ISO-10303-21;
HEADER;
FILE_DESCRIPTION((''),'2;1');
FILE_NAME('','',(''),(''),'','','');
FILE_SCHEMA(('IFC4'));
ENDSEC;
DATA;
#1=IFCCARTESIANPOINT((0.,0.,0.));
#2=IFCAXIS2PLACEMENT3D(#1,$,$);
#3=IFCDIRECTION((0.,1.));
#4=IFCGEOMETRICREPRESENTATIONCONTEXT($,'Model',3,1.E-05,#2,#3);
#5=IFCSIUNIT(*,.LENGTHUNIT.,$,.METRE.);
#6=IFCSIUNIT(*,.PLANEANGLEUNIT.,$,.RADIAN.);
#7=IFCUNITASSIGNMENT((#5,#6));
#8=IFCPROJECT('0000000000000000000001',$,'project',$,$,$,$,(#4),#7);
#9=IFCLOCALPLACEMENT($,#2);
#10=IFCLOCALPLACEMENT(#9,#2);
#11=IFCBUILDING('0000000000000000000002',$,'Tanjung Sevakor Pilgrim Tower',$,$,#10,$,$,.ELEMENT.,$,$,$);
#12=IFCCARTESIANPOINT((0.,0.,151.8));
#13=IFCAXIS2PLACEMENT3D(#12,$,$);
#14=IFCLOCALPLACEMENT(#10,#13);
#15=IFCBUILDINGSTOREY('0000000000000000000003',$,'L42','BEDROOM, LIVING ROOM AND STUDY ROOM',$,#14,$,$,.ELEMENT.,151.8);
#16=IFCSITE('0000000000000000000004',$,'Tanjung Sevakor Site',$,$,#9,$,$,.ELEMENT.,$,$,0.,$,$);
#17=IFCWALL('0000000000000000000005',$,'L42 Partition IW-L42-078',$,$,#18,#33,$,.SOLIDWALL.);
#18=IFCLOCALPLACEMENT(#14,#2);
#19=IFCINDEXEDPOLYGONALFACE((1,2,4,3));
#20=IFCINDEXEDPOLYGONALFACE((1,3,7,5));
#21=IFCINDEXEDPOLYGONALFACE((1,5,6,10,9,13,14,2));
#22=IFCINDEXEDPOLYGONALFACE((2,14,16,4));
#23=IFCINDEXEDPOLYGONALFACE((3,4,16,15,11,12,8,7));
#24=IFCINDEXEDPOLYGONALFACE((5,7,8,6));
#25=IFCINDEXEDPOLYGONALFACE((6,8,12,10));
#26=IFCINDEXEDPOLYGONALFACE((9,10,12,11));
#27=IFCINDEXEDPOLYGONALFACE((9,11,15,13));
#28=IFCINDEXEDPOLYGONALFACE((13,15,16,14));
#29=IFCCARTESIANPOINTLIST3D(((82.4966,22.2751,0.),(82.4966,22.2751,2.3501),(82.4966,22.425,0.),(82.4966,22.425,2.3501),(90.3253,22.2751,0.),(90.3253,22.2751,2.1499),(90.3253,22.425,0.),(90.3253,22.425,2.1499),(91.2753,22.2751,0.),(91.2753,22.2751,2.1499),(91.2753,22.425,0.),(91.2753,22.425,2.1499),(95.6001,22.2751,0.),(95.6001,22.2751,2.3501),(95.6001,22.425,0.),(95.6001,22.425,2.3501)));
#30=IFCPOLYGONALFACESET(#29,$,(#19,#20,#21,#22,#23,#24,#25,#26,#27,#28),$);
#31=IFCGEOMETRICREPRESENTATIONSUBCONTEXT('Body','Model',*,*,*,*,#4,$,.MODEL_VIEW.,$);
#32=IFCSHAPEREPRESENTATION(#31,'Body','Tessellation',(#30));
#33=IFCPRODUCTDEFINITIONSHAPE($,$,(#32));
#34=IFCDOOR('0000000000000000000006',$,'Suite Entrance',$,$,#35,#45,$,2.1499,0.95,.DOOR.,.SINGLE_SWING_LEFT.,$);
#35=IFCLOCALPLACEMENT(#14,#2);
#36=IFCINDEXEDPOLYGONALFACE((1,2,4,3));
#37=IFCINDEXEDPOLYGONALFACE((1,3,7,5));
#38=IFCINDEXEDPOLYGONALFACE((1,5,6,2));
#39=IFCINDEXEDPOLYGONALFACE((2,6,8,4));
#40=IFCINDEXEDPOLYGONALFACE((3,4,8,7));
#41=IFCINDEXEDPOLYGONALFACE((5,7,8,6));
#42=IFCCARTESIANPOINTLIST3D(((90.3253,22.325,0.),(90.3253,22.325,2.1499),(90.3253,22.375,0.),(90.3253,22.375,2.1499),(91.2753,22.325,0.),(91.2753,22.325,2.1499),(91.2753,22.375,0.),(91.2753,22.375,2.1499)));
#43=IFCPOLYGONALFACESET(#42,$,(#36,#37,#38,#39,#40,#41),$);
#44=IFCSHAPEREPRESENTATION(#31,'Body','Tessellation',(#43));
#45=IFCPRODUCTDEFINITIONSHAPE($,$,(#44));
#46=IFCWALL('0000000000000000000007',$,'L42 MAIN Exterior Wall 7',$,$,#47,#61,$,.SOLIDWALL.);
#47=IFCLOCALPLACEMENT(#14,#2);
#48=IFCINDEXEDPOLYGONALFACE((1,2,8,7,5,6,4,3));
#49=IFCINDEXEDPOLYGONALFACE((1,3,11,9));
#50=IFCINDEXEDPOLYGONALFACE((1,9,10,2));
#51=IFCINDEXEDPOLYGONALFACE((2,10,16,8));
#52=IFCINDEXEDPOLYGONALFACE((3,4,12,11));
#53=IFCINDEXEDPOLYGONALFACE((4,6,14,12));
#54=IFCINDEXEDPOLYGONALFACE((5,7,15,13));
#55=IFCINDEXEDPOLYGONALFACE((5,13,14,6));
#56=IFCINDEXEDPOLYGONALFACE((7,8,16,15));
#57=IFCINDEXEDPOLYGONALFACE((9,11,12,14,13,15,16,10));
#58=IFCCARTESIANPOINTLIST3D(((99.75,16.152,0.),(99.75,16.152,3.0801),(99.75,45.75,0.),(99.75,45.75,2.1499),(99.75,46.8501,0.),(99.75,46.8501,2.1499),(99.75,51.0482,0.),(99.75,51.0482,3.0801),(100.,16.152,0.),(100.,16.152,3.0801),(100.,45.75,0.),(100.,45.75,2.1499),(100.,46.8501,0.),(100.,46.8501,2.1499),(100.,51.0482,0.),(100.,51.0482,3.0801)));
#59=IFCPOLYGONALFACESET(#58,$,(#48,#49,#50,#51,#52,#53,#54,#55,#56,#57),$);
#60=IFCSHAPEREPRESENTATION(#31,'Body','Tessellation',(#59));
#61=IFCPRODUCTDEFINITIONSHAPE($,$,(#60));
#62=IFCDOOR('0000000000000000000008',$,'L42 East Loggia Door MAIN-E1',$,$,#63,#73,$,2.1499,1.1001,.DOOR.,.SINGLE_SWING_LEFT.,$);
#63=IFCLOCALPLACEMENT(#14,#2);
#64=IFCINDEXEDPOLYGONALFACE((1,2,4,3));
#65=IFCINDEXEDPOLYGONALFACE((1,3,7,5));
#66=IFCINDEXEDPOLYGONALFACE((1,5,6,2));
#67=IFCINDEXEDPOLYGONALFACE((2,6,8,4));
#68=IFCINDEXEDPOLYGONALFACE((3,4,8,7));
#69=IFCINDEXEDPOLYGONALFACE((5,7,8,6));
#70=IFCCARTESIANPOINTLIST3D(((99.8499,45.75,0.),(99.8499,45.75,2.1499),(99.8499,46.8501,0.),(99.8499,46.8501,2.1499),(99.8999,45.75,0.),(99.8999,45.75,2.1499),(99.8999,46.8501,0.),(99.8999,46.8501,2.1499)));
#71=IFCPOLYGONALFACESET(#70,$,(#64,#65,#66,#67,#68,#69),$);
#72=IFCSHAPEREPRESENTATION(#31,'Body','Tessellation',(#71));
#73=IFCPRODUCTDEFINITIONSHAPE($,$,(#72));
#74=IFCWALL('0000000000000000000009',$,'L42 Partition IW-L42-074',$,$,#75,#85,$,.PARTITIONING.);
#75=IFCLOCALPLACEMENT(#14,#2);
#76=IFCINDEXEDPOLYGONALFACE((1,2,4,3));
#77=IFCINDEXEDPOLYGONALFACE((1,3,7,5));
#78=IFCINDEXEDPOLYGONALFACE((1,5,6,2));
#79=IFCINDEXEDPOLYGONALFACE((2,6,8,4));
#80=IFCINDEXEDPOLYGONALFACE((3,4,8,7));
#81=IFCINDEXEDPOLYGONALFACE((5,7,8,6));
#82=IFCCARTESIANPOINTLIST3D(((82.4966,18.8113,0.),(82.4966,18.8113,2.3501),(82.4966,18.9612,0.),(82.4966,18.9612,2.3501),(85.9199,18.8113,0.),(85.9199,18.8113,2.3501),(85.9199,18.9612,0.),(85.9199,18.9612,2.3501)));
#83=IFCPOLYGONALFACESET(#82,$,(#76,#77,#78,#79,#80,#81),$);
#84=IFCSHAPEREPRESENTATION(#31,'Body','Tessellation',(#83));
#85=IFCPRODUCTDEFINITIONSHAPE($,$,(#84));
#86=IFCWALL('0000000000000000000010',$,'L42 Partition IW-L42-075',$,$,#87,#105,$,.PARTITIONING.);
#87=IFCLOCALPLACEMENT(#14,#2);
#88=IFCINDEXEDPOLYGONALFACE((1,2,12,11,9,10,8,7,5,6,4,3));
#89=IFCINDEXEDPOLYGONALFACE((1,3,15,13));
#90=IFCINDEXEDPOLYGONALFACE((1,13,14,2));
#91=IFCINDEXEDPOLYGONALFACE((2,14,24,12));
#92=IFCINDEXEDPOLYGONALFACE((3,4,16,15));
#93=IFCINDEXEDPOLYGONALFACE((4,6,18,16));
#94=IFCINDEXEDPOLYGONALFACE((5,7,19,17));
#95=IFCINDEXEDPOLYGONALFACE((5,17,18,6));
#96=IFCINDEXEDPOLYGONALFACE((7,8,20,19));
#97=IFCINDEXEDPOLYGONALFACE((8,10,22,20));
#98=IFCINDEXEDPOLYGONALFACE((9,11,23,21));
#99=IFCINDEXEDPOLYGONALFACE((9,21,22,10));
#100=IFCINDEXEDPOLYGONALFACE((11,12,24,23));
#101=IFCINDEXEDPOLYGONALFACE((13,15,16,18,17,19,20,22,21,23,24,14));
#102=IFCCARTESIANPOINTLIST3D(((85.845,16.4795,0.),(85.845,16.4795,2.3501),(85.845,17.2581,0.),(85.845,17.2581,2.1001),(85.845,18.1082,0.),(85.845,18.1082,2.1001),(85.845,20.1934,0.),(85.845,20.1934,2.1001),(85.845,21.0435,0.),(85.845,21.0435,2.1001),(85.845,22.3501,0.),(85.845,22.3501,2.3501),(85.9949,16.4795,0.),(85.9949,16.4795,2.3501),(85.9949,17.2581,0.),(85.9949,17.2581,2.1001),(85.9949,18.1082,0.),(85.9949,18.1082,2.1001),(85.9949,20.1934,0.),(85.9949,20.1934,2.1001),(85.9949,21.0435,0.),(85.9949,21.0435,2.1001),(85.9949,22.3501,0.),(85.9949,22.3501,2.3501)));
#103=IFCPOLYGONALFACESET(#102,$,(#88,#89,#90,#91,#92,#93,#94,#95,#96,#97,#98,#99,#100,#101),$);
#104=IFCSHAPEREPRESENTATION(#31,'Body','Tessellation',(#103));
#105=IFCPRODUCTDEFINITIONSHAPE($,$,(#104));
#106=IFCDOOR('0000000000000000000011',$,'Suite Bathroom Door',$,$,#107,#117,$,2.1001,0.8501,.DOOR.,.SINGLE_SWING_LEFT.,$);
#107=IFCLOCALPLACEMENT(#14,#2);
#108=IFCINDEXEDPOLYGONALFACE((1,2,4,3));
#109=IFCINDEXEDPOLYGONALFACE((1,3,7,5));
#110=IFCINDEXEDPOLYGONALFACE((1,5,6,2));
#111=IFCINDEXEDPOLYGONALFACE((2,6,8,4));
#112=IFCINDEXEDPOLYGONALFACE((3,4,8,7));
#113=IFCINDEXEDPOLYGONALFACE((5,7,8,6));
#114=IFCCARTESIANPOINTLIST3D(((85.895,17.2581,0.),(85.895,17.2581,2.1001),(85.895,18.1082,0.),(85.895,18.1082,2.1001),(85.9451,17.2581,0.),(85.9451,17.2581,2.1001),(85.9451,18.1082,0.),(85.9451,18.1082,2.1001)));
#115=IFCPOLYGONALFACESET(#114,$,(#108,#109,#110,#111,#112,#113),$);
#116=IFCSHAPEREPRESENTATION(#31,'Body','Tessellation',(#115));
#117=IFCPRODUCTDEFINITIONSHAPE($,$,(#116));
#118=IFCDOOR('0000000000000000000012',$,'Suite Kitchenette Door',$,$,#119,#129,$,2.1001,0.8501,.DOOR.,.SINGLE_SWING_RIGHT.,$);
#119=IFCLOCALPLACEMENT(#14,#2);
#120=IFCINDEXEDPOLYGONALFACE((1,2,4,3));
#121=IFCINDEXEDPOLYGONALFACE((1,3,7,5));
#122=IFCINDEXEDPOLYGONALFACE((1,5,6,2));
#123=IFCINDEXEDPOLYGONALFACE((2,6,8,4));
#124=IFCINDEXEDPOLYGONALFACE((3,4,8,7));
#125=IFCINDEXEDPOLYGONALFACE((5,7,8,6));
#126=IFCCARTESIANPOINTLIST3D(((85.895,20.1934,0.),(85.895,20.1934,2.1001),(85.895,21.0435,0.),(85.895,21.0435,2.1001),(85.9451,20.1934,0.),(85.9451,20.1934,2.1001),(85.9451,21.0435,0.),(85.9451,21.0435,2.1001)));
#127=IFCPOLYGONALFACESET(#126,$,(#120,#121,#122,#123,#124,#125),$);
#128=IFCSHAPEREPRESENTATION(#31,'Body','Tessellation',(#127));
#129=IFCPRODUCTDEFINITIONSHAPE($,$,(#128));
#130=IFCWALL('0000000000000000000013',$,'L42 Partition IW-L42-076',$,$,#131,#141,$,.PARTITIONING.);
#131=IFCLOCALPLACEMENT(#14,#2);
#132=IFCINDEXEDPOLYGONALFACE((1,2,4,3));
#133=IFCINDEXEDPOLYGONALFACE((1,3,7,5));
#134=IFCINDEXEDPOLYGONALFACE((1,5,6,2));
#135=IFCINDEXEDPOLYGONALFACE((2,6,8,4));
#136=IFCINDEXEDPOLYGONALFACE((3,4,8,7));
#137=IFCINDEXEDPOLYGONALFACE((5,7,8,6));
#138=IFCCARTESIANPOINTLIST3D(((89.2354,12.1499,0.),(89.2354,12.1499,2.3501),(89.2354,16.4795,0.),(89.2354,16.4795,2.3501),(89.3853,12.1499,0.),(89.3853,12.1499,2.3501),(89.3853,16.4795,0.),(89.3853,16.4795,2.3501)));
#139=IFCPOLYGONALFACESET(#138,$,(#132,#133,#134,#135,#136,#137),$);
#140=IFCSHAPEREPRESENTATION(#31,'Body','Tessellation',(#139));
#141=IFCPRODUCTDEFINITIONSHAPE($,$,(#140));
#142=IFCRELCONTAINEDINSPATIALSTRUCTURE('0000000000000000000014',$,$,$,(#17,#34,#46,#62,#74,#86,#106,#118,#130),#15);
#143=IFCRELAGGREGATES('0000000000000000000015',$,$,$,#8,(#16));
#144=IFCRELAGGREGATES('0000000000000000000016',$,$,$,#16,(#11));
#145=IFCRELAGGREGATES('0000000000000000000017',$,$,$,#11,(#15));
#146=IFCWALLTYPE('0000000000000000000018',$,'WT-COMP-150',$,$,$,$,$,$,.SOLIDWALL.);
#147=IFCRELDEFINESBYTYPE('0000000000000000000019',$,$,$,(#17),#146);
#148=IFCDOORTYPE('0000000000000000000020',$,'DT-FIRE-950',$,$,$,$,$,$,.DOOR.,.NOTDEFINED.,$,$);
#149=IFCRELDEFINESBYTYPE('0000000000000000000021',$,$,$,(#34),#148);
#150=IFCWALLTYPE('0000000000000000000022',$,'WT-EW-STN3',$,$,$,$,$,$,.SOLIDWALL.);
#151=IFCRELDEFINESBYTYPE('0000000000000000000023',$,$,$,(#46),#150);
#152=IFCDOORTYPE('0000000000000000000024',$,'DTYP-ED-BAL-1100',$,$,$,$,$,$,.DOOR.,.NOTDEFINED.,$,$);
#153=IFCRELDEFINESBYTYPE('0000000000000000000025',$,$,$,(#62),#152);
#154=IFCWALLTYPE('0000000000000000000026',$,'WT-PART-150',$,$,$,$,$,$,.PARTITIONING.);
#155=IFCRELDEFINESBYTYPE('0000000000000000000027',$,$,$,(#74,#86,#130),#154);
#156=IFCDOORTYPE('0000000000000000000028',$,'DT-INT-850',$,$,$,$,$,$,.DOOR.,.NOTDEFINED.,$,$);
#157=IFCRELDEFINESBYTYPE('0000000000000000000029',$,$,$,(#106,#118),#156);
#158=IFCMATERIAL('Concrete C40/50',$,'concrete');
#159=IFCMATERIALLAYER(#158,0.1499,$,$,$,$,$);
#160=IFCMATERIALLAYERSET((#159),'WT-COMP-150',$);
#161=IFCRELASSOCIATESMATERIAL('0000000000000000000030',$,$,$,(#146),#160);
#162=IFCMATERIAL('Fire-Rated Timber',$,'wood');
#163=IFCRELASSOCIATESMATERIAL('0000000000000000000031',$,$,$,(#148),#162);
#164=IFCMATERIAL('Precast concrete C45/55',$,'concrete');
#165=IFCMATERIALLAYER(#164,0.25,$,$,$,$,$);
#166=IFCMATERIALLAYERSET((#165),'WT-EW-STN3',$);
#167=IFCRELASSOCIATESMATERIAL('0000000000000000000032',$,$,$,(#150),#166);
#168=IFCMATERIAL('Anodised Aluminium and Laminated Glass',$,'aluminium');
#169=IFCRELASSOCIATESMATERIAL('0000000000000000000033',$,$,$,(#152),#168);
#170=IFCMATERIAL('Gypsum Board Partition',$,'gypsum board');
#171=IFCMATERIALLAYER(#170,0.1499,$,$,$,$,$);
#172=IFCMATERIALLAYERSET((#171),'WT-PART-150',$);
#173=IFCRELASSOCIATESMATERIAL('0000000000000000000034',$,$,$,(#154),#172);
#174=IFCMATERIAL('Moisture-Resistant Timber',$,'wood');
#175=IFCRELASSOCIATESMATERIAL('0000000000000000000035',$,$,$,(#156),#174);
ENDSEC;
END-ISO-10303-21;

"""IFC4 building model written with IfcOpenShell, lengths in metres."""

from ifc_helpers import new_model, si_unit, direction, frame, frame_2d, origin, place, context, subcontext, project, spatial, rectangle, extrude, material, layer, layer_set, type_object, element, fill, save


model = new_model("IFC4")

# Units and contexts
model_context = context("Model", 3, precision=1e-05, world=origin(), true_north=direction((0.0, 1.0)))
body_context = subcontext(model_context, "Body", "Model", "MODEL_VIEW")
ifc_project = project(units=[si_unit("LENGTHUNIT", "METRE"), si_unit("PLANEANGLEUNIT", "RADIAN")], contexts=[model_context])

# Site, building, storey
site_placement = place(None, origin())
site = spatial("IfcSite", under=ifc_project, at=site_placement, Name="Tanjung Sevakor Site", CompositionType="ELEMENT", RefElevation=0.0)
building_placement = place(site_placement, origin())
building = spatial("IfcBuilding", under=site, at=building_placement, Name="Tanjung Sevakor Pilgrim Tower", CompositionType="ELEMENT")
storey_placement = place(building_placement, frame((0.0, 0.0, 151.8)))
storey = spatial("IfcBuildingStorey", under=building, at=storey_placement, Name="L42", Description="BEDROOM, LIVING ROOM AND STUDY ROOM", CompositionType="ELEMENT", Elevation=151.8)

# Shared definitions
ifc_material_1 = material(Name="Concrete C40/50", Category="concrete")
ifc_layer_1 = layer(ifc_material_1, 0.1499)
ifc_layer_set_1 = layer_set([ifc_layer_1], Name="WT-COMP-150")
wall_type_1 = type_object("IfcWallType", Name="WT-COMP-150", PredefinedType="SOLIDWALL", material=ifc_layer_set_1)

# Walls, openings, doors
wall_1_placement = place(storey_placement, frame((82.4966, 22.3501, 0.0), z_axis=(0.0, 0.0, 1.0), x_axis=(1.0, 0.0, 0.0)))
wall_1 = element("IfcWall", 1, at=wall_1_placement, inside=storey, type_object=wall_type_1, Name="L42 Partition IW-L42-078", PredefinedType="SOLIDWALL", context=body_context, shape_type="SweptSolid", body=[
    extrude(rectangle(XDim=13.1035, YDim=0.1499, at=frame_2d((6.5518, 0.0))), origin(), (0.0, 0.0, 1.0), 2.3501),
])
opening_1_placement = place(wall_1_placement, frame((7.8286, 0.0, 0.0)))
opening_1 = element("IfcOpeningElement", 2, at=opening_1_placement, cuts=wall_1, PredefinedType="OPENING", context=body_context, shape_type="SweptSolid", body=[
    extrude(rectangle(XDim=0.95, YDim=2.1499, at=frame_2d((0.4751, 1.075))), frame((0.0, 0.085, 0.0), z_axis=(0.0, -1.0, 0.0), x_axis=(1.0, 0.0, 0.0)), (0.0, 0.0, 1.0), 0.1699),
])
ifc_material_2 = material(Name="Fire-Rated Timber", Category="wood")
door_type_1 = type_object("IfcDoorType", Name="DT-FIRE-950", OperationType="NOTDEFINED", PredefinedType="DOOR", material=ifc_material_2)
door_1_placement = place(opening_1_placement, origin())
door_1 = element("IfcDoor", 3, at=door_1_placement, inside=storey, type_object=door_type_1, Name="Suite Entrance", OperationType="SINGLE_SWING_LEFT", OverallHeight=2.1499, OverallWidth=0.95, PredefinedType="DOOR", context=body_context, shape_type="SweptSolid", body=[
    extrude(rectangle(XDim=0.95, YDim=2.1499, at=frame_2d((0.4751, 1.075))), frame((0.0, 0.0249, 0.0), z_axis=(0.0, -1.0, 0.0), x_axis=(1.0, 0.0, 0.0)), (0.0, 0.0, 1.0), 0.05),
])
fill(opening_1, door_1)
ifc_material_3 = material(Name="Precast concrete C45/55", Category="concrete")
ifc_layer_2 = layer(ifc_material_3, 0.25)
ifc_layer_set_2 = layer_set([ifc_layer_2], Name="WT-EW-STN3")
wall_type_2 = type_object("IfcWallType", Name="WT-EW-STN3", PredefinedType="SOLIDWALL", material=ifc_layer_set_2)
wall_2_placement = place(storey_placement, frame((99.875, 16.1519, 0.0), z_axis=(0.0, 0.0, 1.0), x_axis=(0.0, 1.0, 0.0)))
wall_2 = element("IfcWall", 4, at=wall_2_placement, inside=storey, type_object=wall_type_2, Name="L42 MAIN Exterior Wall 7", PredefinedType="SOLIDWALL", context=body_context, shape_type="SweptSolid", body=[
    extrude(rectangle(XDim=34.8962, YDim=0.25, at=frame_2d((17.4482, 0.0))), origin(), (0.0, 0.0, 1.0), 3.0801),
])
opening_2_placement = place(wall_2_placement, frame((29.5981, 0.0, 0.0)))
opening_2 = element("IfcOpeningElement", 5, at=opening_2_placement, cuts=wall_2, PredefinedType="OPENING", context=body_context, shape_type="SweptSolid", body=[
    extrude(rectangle(XDim=1.1001, YDim=2.1499, at=frame_2d((0.55, 1.075))), frame((0.0, 0.135, 0.0), z_axis=(0.0, -1.0, 0.0), x_axis=(1.0, 0.0, 0.0)), (0.0, 0.0, 1.0), 0.27),
])
ifc_material_4 = material(Name="Anodised Aluminium and Laminated Glass", Category="aluminium")
door_type_2 = type_object("IfcDoorType", Name="DTYP-ED-BAL-1100", OperationType="NOTDEFINED", PredefinedType="DOOR", material=ifc_material_4)
door_2_placement = place(opening_2_placement, frame((1.1001, 0.0, 0.0), z_axis=(0.0, 0.0, 1.0), x_axis=(-1.0, 0.0, 0.0)))
door_2 = element("IfcDoor", 6, at=door_2_placement, inside=storey, type_object=door_type_2, Name="L42 East Loggia Door MAIN-E1", OperationType="SINGLE_SWING_LEFT", OverallHeight=2.1499, OverallWidth=1.1001, PredefinedType="DOOR", context=body_context, shape_type="SweptSolid", body=[
    extrude(rectangle(XDim=1.1001, YDim=2.1499, at=frame_2d((0.55, 1.075))), frame((0.0, 0.0249, 0.0), z_axis=(0.0, -1.0, 0.0), x_axis=(1.0, 0.0, 0.0)), (0.0, 0.0, 1.0), 0.05),
])
fill(opening_2, door_2)

# Wall
ifc_material_5 = material(Name="Gypsum Board Partition", Category="gypsum board")
ifc_layer_3 = layer(ifc_material_5, 0.1499)
ifc_layer_set_3 = layer_set([ifc_layer_3], Name="WT-PART-150")
wall_type_3 = type_object("IfcWallType", Name="WT-PART-150", PredefinedType="PARTITIONING", material=ifc_layer_set_3)
wall_3_placement = place(storey_placement, frame((82.4966, 18.8862, 0.0), z_axis=(0.0, 0.0, 1.0), x_axis=(1.0, 0.0, 0.0)))
element("IfcWall", 7, at=wall_3_placement, inside=storey, type_object=wall_type_3, Name="L42 Partition IW-L42-074", PredefinedType="PARTITIONING", context=body_context, shape_type="SweptSolid", body=[
    extrude(rectangle(XDim=3.4233, YDim=0.1499, at=frame_2d((1.7117, 0.0))), origin(), (0.0, 0.0, 1.0), 2.3501),
])

# Wall, openings, doors
wall_4_placement = place(storey_placement, frame((85.9199, 16.4795, 0.0), z_axis=(0.0, 0.0, 1.0), x_axis=(0.0, 1.0, 0.0)))
wall_4 = element("IfcWall", 8, at=wall_4_placement, inside=storey, type_object=wall_type_3, Name="L42 Partition IW-L42-075", PredefinedType="PARTITIONING", context=body_context, shape_type="SweptSolid", body=[
    extrude(rectangle(XDim=5.8706, YDim=0.1499, at=frame_2d((2.9353, 0.0))), origin(), (0.0, 0.0, 1.0), 2.3501),
])
opening_3_placement = place(wall_4_placement, frame((0.7786, 0.0, 0.0)))
opening_3 = element("IfcOpeningElement", 9, at=opening_3_placement, cuts=wall_4, PredefinedType="OPENING", context=body_context, shape_type="SweptSolid", body=[
    extrude(rectangle(XDim=0.8501, YDim=2.1001, at=frame_2d((0.425, 1.05))), frame((0.0, 0.085, 0.0), z_axis=(0.0, -1.0, 0.0), x_axis=(1.0, 0.0, 0.0)), (0.0, 0.0, 1.0), 0.1699),
])
opening_4_placement = place(wall_4_placement, frame((3.7139, 0.0, 0.0)))
opening_4 = element("IfcOpeningElement", 10, at=opening_4_placement, cuts=wall_4, PredefinedType="OPENING", context=body_context, shape_type="SweptSolid", body=[
    extrude(rectangle(XDim=0.8501, YDim=2.1001, at=frame_2d((0.425, 1.05))), frame((0.0, 0.085, 0.0), z_axis=(0.0, -1.0, 0.0), x_axis=(1.0, 0.0, 0.0)), (0.0, 0.0, 1.0), 0.1699),
])
ifc_material_6 = material(Name="Moisture-Resistant Timber", Category="wood")
door_type_3 = type_object("IfcDoorType", Name="DT-INT-850", OperationType="NOTDEFINED", PredefinedType="DOOR", material=ifc_material_6)
door_3_placement = place(opening_3_placement, origin())
door_3 = element("IfcDoor", 11, at=door_3_placement, inside=storey, type_object=door_type_3, Name="Suite Bathroom Door", OperationType="SINGLE_SWING_LEFT", OverallHeight=2.1001, OverallWidth=0.8501, PredefinedType="DOOR", context=body_context, shape_type="SweptSolid", body=[
    extrude(rectangle(XDim=0.8501, YDim=2.1001, at=frame_2d((0.425, 1.05))), frame((0.0, 0.0249, 0.0), z_axis=(0.0, -1.0, 0.0), x_axis=(1.0, 0.0, 0.0)), (0.0, 0.0, 1.0), 0.05),
])
fill(opening_3, door_3)
door_4_placement = place(opening_4_placement, origin())
door_4 = element("IfcDoor", 12, at=door_4_placement, inside=storey, type_object=door_type_3, Name="Suite Kitchenette Door", OperationType="SINGLE_SWING_RIGHT", OverallHeight=2.1001, OverallWidth=0.8501, PredefinedType="DOOR", context=body_context, shape_type="SweptSolid", body=[
    extrude(rectangle(XDim=0.8501, YDim=2.1001, at=frame_2d((0.425, 1.05))), frame((0.0, 0.0249, 0.0), z_axis=(0.0, -1.0, 0.0), x_axis=(1.0, 0.0, 0.0)), (0.0, 0.0, 1.0), 0.05),
])
fill(opening_4, door_4)

# Wall
wall_5_placement = place(storey_placement, frame((89.3103, 12.1499, 0.0), z_axis=(0.0, 0.0, 1.0), x_axis=(0.0, 1.0, 0.0)))
element("IfcWall", 13, at=wall_5_placement, inside=storey, type_object=wall_type_3, Name="L42 Partition IW-L42-076", PredefinedType="PARTITIONING", context=body_context, shape_type="SweptSolid", body=[
    extrude(rectangle(XDim=4.3296, YDim=0.1499, at=frame_2d((2.1648, 0.0))), origin(), (0.0, 0.0, 1.0), 2.3501),
])

save(model, "model.ifc")
